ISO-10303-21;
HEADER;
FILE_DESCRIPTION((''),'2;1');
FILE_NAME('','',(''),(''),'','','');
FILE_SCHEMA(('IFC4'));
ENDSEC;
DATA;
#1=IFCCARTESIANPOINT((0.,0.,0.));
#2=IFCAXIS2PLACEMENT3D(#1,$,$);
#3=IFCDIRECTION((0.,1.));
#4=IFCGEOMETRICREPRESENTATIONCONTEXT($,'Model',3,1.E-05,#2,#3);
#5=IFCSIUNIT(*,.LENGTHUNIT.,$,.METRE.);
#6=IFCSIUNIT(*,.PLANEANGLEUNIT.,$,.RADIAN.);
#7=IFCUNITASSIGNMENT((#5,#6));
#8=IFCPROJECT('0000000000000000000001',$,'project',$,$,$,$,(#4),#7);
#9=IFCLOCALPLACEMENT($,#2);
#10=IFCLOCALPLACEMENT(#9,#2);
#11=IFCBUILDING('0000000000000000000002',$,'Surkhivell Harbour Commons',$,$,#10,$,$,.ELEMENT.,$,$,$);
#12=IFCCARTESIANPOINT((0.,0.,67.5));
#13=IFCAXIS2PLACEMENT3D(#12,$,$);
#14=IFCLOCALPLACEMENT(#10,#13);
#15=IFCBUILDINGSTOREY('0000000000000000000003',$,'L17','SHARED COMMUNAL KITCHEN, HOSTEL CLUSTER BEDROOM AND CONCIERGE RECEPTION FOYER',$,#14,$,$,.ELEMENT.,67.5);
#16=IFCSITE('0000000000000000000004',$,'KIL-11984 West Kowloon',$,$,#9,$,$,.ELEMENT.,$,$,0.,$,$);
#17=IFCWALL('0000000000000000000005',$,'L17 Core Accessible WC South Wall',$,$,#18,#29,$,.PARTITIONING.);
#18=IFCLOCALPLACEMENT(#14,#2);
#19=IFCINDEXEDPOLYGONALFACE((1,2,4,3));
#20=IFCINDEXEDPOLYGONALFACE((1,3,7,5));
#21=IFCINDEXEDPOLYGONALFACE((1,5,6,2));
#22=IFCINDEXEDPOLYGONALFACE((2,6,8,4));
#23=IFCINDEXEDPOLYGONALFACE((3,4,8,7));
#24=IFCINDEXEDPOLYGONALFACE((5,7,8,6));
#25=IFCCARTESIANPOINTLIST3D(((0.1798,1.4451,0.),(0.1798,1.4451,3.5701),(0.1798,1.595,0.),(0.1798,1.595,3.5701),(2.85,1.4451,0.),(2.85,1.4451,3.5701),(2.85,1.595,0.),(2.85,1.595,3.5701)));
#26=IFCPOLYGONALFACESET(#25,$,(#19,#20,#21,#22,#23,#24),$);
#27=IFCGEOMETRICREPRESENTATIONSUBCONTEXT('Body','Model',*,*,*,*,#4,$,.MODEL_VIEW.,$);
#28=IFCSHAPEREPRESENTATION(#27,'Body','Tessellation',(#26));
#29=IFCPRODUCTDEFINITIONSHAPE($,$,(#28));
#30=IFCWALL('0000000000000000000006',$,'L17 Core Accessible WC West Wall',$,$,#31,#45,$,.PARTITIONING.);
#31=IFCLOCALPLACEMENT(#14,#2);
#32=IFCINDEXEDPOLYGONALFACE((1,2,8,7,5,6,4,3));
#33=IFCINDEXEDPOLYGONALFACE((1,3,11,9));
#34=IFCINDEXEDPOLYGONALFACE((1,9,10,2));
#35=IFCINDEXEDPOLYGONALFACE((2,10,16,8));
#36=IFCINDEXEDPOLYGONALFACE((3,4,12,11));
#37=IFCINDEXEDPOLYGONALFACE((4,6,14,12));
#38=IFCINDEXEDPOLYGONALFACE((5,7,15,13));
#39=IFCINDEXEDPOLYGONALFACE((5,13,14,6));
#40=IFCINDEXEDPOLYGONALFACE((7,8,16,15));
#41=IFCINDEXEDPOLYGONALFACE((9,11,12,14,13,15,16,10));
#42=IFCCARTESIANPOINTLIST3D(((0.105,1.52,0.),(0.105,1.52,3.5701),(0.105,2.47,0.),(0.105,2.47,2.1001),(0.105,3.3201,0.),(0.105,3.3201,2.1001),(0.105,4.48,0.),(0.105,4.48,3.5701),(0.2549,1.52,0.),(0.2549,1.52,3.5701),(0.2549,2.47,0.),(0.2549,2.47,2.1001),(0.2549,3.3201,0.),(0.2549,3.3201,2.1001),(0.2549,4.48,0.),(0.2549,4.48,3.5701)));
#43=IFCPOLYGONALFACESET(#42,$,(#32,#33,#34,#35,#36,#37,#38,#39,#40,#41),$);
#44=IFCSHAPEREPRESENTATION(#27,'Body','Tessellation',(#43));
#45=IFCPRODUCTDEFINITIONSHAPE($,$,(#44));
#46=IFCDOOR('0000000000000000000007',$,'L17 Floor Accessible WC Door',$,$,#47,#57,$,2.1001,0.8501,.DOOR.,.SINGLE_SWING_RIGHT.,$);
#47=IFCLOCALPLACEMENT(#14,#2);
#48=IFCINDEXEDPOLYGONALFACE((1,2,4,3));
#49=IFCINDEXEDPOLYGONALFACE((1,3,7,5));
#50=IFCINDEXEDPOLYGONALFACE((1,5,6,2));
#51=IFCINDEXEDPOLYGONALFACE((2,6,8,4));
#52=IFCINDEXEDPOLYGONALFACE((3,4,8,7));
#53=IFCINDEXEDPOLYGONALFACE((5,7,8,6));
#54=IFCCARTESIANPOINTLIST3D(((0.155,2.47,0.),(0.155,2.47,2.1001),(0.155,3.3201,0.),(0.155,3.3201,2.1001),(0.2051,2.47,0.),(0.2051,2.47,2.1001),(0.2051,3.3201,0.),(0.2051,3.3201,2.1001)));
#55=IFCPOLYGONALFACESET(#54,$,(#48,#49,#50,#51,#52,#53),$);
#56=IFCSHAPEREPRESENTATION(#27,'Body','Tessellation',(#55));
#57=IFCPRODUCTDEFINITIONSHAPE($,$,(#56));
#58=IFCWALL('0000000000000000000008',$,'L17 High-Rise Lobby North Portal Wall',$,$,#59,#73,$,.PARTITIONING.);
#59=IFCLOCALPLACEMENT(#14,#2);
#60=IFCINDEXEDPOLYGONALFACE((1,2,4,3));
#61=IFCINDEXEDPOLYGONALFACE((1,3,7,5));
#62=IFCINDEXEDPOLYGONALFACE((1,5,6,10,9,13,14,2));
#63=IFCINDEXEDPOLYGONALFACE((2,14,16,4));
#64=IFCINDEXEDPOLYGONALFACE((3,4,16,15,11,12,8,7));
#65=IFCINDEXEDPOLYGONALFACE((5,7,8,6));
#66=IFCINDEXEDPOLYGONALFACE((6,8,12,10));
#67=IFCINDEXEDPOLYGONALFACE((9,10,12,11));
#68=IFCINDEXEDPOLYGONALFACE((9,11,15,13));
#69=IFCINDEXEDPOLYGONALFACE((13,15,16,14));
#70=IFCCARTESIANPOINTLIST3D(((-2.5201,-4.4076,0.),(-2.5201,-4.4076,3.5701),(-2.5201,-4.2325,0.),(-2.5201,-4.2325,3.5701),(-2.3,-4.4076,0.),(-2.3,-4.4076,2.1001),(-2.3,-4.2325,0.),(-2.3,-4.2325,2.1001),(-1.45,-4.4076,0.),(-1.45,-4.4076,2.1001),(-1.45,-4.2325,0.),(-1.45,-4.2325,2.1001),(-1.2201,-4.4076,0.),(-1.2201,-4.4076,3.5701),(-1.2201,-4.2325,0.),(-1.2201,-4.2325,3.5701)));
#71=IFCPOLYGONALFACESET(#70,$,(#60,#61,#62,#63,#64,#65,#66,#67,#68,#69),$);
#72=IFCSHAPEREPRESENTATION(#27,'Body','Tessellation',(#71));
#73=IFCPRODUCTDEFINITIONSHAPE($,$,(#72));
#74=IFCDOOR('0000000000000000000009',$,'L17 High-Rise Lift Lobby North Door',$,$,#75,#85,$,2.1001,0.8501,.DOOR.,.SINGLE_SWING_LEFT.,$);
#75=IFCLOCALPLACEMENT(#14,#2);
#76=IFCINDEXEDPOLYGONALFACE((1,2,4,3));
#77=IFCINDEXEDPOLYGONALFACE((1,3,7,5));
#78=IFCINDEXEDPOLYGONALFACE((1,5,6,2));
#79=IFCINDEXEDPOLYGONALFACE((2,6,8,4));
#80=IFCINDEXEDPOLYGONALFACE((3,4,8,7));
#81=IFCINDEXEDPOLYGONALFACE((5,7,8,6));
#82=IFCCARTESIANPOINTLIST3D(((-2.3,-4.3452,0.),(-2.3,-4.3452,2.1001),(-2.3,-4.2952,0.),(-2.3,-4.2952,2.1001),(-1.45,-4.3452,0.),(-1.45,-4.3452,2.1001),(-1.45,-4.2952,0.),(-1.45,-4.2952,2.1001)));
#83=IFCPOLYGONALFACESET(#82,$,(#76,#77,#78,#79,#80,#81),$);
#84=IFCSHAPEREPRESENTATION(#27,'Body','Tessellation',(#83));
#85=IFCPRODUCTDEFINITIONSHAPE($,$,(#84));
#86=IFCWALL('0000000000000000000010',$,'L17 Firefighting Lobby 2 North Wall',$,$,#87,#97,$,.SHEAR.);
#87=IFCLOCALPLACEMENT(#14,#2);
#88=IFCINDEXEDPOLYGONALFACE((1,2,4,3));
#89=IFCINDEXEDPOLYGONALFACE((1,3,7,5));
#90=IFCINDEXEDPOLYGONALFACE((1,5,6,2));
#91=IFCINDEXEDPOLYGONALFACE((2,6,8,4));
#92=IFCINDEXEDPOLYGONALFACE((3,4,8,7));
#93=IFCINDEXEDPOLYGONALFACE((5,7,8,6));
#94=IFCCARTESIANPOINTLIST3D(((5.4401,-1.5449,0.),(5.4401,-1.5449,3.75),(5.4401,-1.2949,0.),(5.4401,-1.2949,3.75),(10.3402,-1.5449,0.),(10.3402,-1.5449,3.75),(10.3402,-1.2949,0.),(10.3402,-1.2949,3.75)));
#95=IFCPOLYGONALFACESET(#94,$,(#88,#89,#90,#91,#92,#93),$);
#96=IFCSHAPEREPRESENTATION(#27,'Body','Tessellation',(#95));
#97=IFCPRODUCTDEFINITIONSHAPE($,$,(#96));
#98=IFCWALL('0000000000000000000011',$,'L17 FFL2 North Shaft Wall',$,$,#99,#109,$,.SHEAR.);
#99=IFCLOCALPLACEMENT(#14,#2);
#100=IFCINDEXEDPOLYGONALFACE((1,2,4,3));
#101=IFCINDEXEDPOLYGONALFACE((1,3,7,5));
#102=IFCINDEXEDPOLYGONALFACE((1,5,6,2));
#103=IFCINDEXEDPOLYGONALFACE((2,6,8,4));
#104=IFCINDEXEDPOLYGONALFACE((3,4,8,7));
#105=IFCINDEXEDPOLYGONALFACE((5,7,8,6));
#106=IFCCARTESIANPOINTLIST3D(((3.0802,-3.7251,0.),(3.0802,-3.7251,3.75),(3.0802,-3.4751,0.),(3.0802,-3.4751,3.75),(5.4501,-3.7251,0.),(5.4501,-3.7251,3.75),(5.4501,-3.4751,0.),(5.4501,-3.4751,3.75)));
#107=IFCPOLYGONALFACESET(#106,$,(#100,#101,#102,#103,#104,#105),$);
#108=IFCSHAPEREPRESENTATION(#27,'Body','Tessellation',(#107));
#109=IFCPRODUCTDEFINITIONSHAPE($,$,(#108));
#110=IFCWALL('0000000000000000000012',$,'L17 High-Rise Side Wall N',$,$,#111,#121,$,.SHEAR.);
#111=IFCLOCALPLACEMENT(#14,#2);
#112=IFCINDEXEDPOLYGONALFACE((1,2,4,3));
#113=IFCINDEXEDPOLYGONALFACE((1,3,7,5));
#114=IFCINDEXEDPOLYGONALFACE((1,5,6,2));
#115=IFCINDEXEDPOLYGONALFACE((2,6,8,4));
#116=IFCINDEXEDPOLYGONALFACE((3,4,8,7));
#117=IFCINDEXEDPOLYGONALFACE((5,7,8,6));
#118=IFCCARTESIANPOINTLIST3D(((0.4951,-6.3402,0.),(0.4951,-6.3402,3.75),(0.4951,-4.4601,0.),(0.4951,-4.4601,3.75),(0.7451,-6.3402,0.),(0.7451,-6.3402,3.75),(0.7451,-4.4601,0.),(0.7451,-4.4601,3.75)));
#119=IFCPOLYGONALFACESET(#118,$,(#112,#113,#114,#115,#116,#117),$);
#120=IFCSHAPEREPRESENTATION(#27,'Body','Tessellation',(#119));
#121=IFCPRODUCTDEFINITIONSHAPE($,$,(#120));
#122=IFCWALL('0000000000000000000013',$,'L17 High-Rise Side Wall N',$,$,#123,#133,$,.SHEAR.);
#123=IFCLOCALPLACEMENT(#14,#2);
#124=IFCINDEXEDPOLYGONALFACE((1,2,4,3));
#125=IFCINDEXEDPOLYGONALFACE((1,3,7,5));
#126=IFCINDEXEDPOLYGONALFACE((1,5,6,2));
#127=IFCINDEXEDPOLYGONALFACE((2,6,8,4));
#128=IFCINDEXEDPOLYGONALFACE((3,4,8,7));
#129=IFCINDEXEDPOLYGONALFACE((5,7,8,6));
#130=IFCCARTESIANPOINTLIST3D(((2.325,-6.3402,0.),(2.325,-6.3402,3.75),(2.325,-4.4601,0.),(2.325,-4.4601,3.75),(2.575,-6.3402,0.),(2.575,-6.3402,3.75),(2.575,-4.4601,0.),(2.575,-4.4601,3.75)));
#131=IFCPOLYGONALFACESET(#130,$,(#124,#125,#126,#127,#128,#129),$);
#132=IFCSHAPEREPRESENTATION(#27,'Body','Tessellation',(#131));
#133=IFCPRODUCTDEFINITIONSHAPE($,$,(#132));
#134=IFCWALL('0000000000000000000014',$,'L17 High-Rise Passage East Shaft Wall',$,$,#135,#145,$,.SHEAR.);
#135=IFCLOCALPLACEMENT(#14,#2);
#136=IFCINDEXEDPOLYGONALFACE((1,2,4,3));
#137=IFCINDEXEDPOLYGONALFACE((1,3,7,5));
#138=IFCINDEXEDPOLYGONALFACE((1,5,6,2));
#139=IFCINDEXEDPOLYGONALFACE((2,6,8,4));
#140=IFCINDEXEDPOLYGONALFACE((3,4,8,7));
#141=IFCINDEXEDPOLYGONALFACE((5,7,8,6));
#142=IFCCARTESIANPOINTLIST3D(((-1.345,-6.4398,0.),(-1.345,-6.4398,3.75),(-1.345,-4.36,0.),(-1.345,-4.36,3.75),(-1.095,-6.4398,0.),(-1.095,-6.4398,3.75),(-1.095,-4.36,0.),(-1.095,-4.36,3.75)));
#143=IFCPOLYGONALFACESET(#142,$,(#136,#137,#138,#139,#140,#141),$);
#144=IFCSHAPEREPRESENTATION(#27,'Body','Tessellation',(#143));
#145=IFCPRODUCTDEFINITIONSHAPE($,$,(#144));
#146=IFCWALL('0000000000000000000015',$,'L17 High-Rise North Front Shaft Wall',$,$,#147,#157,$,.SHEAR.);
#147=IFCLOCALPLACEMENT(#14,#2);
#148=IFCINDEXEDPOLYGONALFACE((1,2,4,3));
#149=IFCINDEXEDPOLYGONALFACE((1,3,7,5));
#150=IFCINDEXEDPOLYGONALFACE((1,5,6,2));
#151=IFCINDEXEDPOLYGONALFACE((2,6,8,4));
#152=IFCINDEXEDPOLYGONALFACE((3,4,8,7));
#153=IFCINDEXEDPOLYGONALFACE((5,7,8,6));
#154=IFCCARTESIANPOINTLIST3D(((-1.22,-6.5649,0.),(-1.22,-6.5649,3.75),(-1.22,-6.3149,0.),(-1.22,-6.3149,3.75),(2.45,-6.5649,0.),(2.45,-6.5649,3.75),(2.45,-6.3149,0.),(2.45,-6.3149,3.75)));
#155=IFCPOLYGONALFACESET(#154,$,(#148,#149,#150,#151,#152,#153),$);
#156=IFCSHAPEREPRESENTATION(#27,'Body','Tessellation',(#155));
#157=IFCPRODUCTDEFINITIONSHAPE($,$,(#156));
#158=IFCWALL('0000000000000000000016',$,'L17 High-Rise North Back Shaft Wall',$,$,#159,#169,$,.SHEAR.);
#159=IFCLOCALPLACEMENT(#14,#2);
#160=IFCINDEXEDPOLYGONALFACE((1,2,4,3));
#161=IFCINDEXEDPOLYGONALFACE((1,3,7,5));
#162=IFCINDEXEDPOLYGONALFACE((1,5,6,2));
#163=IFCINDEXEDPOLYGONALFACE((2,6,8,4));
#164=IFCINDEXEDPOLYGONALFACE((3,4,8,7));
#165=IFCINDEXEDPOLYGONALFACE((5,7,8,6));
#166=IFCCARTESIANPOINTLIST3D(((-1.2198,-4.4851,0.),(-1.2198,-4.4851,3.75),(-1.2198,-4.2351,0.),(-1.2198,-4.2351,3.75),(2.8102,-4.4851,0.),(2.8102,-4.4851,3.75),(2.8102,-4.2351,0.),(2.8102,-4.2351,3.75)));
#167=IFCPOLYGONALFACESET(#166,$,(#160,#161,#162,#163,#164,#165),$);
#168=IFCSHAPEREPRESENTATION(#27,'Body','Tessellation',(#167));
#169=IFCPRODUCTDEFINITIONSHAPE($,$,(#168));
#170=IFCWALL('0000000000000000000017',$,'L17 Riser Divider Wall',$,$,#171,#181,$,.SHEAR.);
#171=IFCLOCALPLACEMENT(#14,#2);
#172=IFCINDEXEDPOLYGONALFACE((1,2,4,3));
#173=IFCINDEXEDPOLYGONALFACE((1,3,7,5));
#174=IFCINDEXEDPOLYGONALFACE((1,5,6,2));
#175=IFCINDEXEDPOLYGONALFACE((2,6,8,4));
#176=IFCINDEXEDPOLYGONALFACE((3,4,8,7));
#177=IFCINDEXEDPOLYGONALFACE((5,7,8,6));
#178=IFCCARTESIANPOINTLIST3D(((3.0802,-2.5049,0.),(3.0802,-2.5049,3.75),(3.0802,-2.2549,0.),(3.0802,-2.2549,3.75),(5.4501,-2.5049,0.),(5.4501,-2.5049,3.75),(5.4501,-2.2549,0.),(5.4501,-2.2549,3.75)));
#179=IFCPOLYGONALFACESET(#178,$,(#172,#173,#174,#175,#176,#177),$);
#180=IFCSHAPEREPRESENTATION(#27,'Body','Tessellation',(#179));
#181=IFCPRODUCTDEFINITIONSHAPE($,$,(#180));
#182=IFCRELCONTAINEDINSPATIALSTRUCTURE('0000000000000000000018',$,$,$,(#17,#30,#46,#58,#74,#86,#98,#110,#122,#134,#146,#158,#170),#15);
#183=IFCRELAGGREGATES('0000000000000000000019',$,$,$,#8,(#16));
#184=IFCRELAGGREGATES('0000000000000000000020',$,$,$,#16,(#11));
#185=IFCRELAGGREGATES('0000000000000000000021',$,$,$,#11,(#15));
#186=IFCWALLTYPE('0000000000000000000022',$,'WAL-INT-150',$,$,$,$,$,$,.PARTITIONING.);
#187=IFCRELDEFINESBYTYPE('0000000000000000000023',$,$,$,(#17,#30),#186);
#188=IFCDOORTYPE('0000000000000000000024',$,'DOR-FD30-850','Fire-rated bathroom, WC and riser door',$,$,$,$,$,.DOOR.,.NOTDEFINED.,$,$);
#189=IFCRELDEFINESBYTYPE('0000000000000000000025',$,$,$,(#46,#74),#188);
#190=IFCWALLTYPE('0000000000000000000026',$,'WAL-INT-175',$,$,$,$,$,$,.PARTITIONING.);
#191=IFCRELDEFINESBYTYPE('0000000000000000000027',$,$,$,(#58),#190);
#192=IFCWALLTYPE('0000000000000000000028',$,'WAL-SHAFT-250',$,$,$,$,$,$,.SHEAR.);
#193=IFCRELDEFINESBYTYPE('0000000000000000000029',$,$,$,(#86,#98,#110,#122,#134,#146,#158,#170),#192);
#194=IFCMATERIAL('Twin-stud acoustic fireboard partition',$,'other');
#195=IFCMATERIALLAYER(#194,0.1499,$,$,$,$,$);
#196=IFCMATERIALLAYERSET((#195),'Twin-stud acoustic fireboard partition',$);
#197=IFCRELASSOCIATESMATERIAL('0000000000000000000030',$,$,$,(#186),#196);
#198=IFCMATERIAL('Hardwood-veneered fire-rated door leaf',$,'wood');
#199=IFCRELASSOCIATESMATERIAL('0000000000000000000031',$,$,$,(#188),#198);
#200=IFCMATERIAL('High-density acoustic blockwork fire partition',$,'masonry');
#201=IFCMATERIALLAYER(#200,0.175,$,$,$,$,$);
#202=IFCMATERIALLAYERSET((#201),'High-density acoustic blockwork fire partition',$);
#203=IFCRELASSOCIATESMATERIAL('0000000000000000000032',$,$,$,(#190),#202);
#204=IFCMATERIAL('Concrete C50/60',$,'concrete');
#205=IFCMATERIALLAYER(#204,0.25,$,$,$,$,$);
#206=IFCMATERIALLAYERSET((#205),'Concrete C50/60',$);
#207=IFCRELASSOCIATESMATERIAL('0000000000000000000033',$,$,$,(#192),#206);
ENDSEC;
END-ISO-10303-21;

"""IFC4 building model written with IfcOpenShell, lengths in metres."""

from ifc_helpers import new_model, si_unit, direction, frame, frame_2d, origin, place, context, subcontext, project, spatial, rectangle, extrude, material, layer, layer_set, type_object, element, fill, save


model = new_model("IFC4")

# Units and contexts
model_context = context("Model", 3, precision=1e-05, world=origin(), true_north=direction((0.0, 1.0)))
body_context = subcontext(model_context, "Body", "Model", "MODEL_VIEW")
ifc_project = project(units=[si_unit("LENGTHUNIT", "METRE"), si_unit("PLANEANGLEUNIT", "RADIAN")], contexts=[model_context])

# Site, building, storey
site_placement = place(None, origin())
site = spatial("IfcSite", under=ifc_project, at=site_placement, Name="KIL-11984 West Kowloon", CompositionType="ELEMENT", RefElevation=0.0)
building_placement = place(site_placement, origin())
building = spatial("IfcBuilding", under=site, at=building_placement, Name="Surkhivell Harbour Commons", CompositionType="ELEMENT")
storey_placement = place(building_placement, frame((0.0, 0.0, 67.5)))
storey = spatial("IfcBuildingStorey", under=building, at=storey_placement, Name="L17", Description="SHARED COMMUNAL KITCHEN, HOSTEL CLUSTER BEDROOM AND CONCIERGE RECEPTION FOYER", CompositionType="ELEMENT", Elevation=67.5)

# Wall
ifc_material_1 = material(Name="Twin-stud acoustic fireboard partition", Category="other")
ifc_layer_1 = layer(ifc_material_1, 0.1499)
ifc_layer_set_1 = layer_set([ifc_layer_1], Name="Twin-stud acoustic fireboard partition")
wall_type_1 = type_object("IfcWallType", Name="WAL-INT-150", PredefinedType="PARTITIONING", material=ifc_layer_set_1)
wall_1_placement = place(storey_placement, frame((0.1799, 1.52, 0.0), z_axis=(0.0, 0.0, 1.0), x_axis=(1.0, 0.0, 0.0)))
element("IfcWall", 1, at=wall_1_placement, inside=storey, type_object=wall_type_1, Name="L17 Core Accessible WC South Wall", PredefinedType="PARTITIONING", context=body_context, shape_type="SweptSolid", body=[
    extrude(rectangle(XDim=2.6702, YDim=0.1499, at=frame_2d((1.335, 0.0))), origin(), (0.0, 0.0, 1.0), 3.5701),
])

# Walls, openings, doors
wall_2_placement = place(storey_placement, frame((0.1799, 1.52, 0.0), z_axis=(0.0, 0.0, 1.0), x_axis=(0.0, 1.0, 0.0)))
wall_2 = element("IfcWall", 2, at=wall_2_placement, inside=storey, type_object=wall_type_1, Name="L17 Core Accessible WC West Wall", PredefinedType="PARTITIONING", context=body_context, shape_type="SweptSolid", body=[
    extrude(rectangle(XDim=2.96, YDim=0.1499, at=frame_2d((1.48, 0.0))), origin(), (0.0, 0.0, 1.0), 3.5701),
])
opening_1_placement = place(wall_2_placement, frame((0.95, 0.0, 0.0)))
opening_1 = element("IfcOpeningElement", 3, at=opening_1_placement, cuts=wall_2, PredefinedType="OPENING", context=body_context, shape_type="SweptSolid", body=[
    extrude(rectangle(XDim=0.8501, YDim=2.1001, at=frame_2d((0.425, 1.05))), frame((0.0, 0.085, 0.0), z_axis=(0.0, -1.0, 0.0), x_axis=(1.0, 0.0, 0.0)), (0.0, 0.0, 1.0), 0.1699),
])
ifc_material_2 = material(Name="Hardwood-veneered fire-rated door leaf", Category="wood")
door_type_1 = type_object("IfcDoorType", Name="DOR-FD30-850", Description="Fire-rated bathroom, WC and riser door", OperationType="NOTDEFINED", PredefinedType="DOOR", material=ifc_material_2)
door_1_placement = place(opening_1_placement, origin())
door_1 = element("IfcDoor", 4, at=door_1_placement, inside=storey, type_object=door_type_1, Name="L17 Floor Accessible WC Door", OperationType="SINGLE_SWING_RIGHT", OverallHeight=2.1001, OverallWidth=0.8501, PredefinedType="DOOR", context=body_context, shape_type="SweptSolid", body=[
    extrude(rectangle(XDim=0.8501, YDim=2.1001, at=frame_2d((0.425, 1.05))), frame((0.0, 0.0249, 0.0), z_axis=(0.0, -1.0, 0.0), x_axis=(1.0, 0.0, 0.0)), (0.0, 0.0, 1.0), 0.05),
])
fill(opening_1, door_1)
ifc_material_3 = material(Name="High-density acoustic blockwork fire partition", Category="masonry")
ifc_layer_2 = layer(ifc_material_3, 0.175)
ifc_layer_set_2 = layer_set([ifc_layer_2], Name="High-density acoustic blockwork fire partition")
wall_type_2 = type_object("IfcWallType", Name="WAL-INT-175", PredefinedType="PARTITIONING", material=ifc_layer_set_2)
wall_3_placement = place(storey_placement, frame((-2.52, -4.3201, 0.0), z_axis=(0.0, 0.0, 1.0), x_axis=(1.0, 0.0, 0.0)))
wall_3 = element("IfcWall", 5, at=wall_3_placement, inside=storey, type_object=wall_type_2, Name="L17 High-Rise Lobby North Portal Wall", PredefinedType="PARTITIONING", context=body_context, shape_type="SweptSolid", body=[
    extrude(rectangle(XDim=1.3, YDim=0.175, at=frame_2d((0.6499, 0.0))), origin(), (0.0, 0.0, 1.0), 3.5701),
])
opening_2_placement = place(wall_3_placement, frame((0.22, 0.0, 0.0)))
opening_2 = element("IfcOpeningElement", 6, at=opening_2_placement, cuts=wall_3, PredefinedType="OPENING", context=body_context, shape_type="SweptSolid", body=[
    extrude(rectangle(XDim=0.8501, YDim=2.1001, at=frame_2d((0.425, 1.05))), frame((0.0, 0.0974, 0.0), z_axis=(0.0, -1.0, 0.0), x_axis=(1.0, 0.0, 0.0)), (0.0, 0.0, 1.0), 0.1951),
])
door_2_placement = place(opening_2_placement, origin())
door_2 = element("IfcDoor", 7, at=door_2_placement, inside=storey, type_object=door_type_1, Name="L17 High-Rise Lift Lobby North Door", OperationType="SINGLE_SWING_LEFT", OverallHeight=2.1001, OverallWidth=0.8501, PredefinedType="DOOR", context=body_context, shape_type="SweptSolid", body=[
    extrude(rectangle(XDim=0.8501, YDim=2.1001, at=frame_2d((0.425, 1.05))), frame((0.0, 0.0249, 0.0), z_axis=(0.0, -1.0, 0.0), x_axis=(1.0, 0.0, 0.0)), (0.0, 0.0, 1.0), 0.05),
])
fill(opening_2, door_2)

# Walls
ifc_material_4 = material(Name="Concrete C50/60", Category="concrete")
ifc_layer_3 = layer(ifc_material_4, 0.25)
ifc_layer_set_3 = layer_set([ifc_layer_3], Name="Concrete C50/60")
wall_type_3 = type_object("IfcWallType", Name="WAL-SHAFT-250", PredefinedType="SHEAR", material=ifc_layer_set_3)
wall_4_placement = place(storey_placement, frame((5.4399, -1.4199, 0.0), z_axis=(0.0, 0.0, 1.0), x_axis=(1.0, 0.0, 0.0)))
element("IfcWall", 8, at=wall_4_placement, inside=storey, type_object=wall_type_3, Name="L17 Firefighting Lobby 2 North Wall", PredefinedType="SHEAR", context=body_context, shape_type="SweptSolid", body=[
    extrude(rectangle(XDim=4.9001, YDim=0.25, at=frame_2d((2.4502, 0.0))), origin(), (0.0, 0.0, 1.0), 3.75),
])
wall_5_placement = place(storey_placement, frame((3.0801, -3.6001, 0.0), z_axis=(0.0, 0.0, 1.0), x_axis=(1.0, 0.0, 0.0)))
element("IfcWall", 9, at=wall_5_placement, inside=storey, type_object=wall_type_3, Name="L17 FFL2 North Shaft Wall", PredefinedType="SHEAR", context=body_context, shape_type="SweptSolid", body=[
    extrude(rectangle(XDim=2.3699, YDim=0.25, at=frame_2d((1.1851, 0.0))), origin(), (0.0, 0.0, 1.0), 3.75),
])
for number, where, z_axis, x_axis, name in (
    (10, (0.6201, -6.3401, 0.0), (0.0, 0.0, 1.0), (0.0, 1.0, 0.0), "L17 High-Rise Side Wall N"),
    (11, (2.45, -6.3401, 0.0), (0.0, 0.0, 1.0), (0.0, 1.0, 0.0), "L17 High-Rise Side Wall N"),
):
    element("IfcWall", number, at=place(storey_placement, frame(where, z_axis=z_axis, x_axis=x_axis)), inside=storey, type_object=wall_type_3, Name=name, PredefinedType="SHEAR", context=body_context, shape_type="SweptSolid", body=[
        extrude(rectangle(XDim=1.8801, YDim=0.25, at=frame_2d((0.9399, 0.0))), origin(), (0.0, 0.0, 1.0), 3.75),
    ])
wall_6_placement = place(storey_placement, frame((-1.22, -6.4399, 0.0), z_axis=(0.0, 0.0, 1.0), x_axis=(0.0, 1.0, 0.0)))
element("IfcWall", 12, at=wall_6_placement, inside=storey, type_object=wall_type_3, Name="L17 High-Rise Passage East Shaft Wall", PredefinedType="SHEAR", context=body_context, shape_type="SweptSolid", body=[
    extrude(rectangle(XDim=2.0798, YDim=0.25, at=frame_2d((1.04, 0.0))), origin(), (0.0, 0.0, 1.0), 3.75),
])
wall_7_placement = place(storey_placement, frame((-1.22, -6.4399, 0.0), z_axis=(0.0, 0.0, 1.0), x_axis=(1.0, 0.0, 0.0)))
element("IfcWall", 13, at=wall_7_placement, inside=storey, type_object=wall_type_3, Name="L17 High-Rise North Front Shaft Wall", PredefinedType="SHEAR", context=body_context, shape_type="SweptSolid", body=[
    extrude(rectangle(XDim=3.6699, YDim=0.25, at=frame_2d((1.835, 0.0))), origin(), (0.0, 0.0, 1.0), 3.75),
])
wall_8_placement = place(storey_placement, frame((-1.22, -4.3601, 0.0), z_axis=(0.0, 0.0, 1.0), x_axis=(1.0, 0.0, 0.0)))
element("IfcWall", 14, at=wall_8_placement, inside=storey, type_object=wall_type_3, Name="L17 High-Rise North Back Shaft Wall", PredefinedType="SHEAR", context=body_context, shape_type="SweptSolid", body=[
    extrude(rectangle(XDim=4.03, YDim=0.25, at=frame_2d((2.0151, 0.0))), origin(), (0.0, 0.0, 1.0), 3.75),
])
for number, where, z_axis, x_axis, name in (
    (15, (3.0801, -2.3799, 0.0), (0.0, 0.0, 1.0), (1.0, 0.0, 0.0), "L17 Riser Divider Wall"),
):
    element("IfcWall", number, at=place(storey_placement, frame(where, z_axis=z_axis, x_axis=x_axis)), inside=storey, type_object=wall_type_3, Name=name, PredefinedType="SHEAR", context=body_context, shape_type="SweptSolid", body=[
        extrude(rectangle(XDim=2.3699, YDim=0.25, at=frame_2d((1.1851, 0.0))), origin(), (0.0, 0.0, 1.0), 3.75),
    ])

save(model, "model.ifc")
